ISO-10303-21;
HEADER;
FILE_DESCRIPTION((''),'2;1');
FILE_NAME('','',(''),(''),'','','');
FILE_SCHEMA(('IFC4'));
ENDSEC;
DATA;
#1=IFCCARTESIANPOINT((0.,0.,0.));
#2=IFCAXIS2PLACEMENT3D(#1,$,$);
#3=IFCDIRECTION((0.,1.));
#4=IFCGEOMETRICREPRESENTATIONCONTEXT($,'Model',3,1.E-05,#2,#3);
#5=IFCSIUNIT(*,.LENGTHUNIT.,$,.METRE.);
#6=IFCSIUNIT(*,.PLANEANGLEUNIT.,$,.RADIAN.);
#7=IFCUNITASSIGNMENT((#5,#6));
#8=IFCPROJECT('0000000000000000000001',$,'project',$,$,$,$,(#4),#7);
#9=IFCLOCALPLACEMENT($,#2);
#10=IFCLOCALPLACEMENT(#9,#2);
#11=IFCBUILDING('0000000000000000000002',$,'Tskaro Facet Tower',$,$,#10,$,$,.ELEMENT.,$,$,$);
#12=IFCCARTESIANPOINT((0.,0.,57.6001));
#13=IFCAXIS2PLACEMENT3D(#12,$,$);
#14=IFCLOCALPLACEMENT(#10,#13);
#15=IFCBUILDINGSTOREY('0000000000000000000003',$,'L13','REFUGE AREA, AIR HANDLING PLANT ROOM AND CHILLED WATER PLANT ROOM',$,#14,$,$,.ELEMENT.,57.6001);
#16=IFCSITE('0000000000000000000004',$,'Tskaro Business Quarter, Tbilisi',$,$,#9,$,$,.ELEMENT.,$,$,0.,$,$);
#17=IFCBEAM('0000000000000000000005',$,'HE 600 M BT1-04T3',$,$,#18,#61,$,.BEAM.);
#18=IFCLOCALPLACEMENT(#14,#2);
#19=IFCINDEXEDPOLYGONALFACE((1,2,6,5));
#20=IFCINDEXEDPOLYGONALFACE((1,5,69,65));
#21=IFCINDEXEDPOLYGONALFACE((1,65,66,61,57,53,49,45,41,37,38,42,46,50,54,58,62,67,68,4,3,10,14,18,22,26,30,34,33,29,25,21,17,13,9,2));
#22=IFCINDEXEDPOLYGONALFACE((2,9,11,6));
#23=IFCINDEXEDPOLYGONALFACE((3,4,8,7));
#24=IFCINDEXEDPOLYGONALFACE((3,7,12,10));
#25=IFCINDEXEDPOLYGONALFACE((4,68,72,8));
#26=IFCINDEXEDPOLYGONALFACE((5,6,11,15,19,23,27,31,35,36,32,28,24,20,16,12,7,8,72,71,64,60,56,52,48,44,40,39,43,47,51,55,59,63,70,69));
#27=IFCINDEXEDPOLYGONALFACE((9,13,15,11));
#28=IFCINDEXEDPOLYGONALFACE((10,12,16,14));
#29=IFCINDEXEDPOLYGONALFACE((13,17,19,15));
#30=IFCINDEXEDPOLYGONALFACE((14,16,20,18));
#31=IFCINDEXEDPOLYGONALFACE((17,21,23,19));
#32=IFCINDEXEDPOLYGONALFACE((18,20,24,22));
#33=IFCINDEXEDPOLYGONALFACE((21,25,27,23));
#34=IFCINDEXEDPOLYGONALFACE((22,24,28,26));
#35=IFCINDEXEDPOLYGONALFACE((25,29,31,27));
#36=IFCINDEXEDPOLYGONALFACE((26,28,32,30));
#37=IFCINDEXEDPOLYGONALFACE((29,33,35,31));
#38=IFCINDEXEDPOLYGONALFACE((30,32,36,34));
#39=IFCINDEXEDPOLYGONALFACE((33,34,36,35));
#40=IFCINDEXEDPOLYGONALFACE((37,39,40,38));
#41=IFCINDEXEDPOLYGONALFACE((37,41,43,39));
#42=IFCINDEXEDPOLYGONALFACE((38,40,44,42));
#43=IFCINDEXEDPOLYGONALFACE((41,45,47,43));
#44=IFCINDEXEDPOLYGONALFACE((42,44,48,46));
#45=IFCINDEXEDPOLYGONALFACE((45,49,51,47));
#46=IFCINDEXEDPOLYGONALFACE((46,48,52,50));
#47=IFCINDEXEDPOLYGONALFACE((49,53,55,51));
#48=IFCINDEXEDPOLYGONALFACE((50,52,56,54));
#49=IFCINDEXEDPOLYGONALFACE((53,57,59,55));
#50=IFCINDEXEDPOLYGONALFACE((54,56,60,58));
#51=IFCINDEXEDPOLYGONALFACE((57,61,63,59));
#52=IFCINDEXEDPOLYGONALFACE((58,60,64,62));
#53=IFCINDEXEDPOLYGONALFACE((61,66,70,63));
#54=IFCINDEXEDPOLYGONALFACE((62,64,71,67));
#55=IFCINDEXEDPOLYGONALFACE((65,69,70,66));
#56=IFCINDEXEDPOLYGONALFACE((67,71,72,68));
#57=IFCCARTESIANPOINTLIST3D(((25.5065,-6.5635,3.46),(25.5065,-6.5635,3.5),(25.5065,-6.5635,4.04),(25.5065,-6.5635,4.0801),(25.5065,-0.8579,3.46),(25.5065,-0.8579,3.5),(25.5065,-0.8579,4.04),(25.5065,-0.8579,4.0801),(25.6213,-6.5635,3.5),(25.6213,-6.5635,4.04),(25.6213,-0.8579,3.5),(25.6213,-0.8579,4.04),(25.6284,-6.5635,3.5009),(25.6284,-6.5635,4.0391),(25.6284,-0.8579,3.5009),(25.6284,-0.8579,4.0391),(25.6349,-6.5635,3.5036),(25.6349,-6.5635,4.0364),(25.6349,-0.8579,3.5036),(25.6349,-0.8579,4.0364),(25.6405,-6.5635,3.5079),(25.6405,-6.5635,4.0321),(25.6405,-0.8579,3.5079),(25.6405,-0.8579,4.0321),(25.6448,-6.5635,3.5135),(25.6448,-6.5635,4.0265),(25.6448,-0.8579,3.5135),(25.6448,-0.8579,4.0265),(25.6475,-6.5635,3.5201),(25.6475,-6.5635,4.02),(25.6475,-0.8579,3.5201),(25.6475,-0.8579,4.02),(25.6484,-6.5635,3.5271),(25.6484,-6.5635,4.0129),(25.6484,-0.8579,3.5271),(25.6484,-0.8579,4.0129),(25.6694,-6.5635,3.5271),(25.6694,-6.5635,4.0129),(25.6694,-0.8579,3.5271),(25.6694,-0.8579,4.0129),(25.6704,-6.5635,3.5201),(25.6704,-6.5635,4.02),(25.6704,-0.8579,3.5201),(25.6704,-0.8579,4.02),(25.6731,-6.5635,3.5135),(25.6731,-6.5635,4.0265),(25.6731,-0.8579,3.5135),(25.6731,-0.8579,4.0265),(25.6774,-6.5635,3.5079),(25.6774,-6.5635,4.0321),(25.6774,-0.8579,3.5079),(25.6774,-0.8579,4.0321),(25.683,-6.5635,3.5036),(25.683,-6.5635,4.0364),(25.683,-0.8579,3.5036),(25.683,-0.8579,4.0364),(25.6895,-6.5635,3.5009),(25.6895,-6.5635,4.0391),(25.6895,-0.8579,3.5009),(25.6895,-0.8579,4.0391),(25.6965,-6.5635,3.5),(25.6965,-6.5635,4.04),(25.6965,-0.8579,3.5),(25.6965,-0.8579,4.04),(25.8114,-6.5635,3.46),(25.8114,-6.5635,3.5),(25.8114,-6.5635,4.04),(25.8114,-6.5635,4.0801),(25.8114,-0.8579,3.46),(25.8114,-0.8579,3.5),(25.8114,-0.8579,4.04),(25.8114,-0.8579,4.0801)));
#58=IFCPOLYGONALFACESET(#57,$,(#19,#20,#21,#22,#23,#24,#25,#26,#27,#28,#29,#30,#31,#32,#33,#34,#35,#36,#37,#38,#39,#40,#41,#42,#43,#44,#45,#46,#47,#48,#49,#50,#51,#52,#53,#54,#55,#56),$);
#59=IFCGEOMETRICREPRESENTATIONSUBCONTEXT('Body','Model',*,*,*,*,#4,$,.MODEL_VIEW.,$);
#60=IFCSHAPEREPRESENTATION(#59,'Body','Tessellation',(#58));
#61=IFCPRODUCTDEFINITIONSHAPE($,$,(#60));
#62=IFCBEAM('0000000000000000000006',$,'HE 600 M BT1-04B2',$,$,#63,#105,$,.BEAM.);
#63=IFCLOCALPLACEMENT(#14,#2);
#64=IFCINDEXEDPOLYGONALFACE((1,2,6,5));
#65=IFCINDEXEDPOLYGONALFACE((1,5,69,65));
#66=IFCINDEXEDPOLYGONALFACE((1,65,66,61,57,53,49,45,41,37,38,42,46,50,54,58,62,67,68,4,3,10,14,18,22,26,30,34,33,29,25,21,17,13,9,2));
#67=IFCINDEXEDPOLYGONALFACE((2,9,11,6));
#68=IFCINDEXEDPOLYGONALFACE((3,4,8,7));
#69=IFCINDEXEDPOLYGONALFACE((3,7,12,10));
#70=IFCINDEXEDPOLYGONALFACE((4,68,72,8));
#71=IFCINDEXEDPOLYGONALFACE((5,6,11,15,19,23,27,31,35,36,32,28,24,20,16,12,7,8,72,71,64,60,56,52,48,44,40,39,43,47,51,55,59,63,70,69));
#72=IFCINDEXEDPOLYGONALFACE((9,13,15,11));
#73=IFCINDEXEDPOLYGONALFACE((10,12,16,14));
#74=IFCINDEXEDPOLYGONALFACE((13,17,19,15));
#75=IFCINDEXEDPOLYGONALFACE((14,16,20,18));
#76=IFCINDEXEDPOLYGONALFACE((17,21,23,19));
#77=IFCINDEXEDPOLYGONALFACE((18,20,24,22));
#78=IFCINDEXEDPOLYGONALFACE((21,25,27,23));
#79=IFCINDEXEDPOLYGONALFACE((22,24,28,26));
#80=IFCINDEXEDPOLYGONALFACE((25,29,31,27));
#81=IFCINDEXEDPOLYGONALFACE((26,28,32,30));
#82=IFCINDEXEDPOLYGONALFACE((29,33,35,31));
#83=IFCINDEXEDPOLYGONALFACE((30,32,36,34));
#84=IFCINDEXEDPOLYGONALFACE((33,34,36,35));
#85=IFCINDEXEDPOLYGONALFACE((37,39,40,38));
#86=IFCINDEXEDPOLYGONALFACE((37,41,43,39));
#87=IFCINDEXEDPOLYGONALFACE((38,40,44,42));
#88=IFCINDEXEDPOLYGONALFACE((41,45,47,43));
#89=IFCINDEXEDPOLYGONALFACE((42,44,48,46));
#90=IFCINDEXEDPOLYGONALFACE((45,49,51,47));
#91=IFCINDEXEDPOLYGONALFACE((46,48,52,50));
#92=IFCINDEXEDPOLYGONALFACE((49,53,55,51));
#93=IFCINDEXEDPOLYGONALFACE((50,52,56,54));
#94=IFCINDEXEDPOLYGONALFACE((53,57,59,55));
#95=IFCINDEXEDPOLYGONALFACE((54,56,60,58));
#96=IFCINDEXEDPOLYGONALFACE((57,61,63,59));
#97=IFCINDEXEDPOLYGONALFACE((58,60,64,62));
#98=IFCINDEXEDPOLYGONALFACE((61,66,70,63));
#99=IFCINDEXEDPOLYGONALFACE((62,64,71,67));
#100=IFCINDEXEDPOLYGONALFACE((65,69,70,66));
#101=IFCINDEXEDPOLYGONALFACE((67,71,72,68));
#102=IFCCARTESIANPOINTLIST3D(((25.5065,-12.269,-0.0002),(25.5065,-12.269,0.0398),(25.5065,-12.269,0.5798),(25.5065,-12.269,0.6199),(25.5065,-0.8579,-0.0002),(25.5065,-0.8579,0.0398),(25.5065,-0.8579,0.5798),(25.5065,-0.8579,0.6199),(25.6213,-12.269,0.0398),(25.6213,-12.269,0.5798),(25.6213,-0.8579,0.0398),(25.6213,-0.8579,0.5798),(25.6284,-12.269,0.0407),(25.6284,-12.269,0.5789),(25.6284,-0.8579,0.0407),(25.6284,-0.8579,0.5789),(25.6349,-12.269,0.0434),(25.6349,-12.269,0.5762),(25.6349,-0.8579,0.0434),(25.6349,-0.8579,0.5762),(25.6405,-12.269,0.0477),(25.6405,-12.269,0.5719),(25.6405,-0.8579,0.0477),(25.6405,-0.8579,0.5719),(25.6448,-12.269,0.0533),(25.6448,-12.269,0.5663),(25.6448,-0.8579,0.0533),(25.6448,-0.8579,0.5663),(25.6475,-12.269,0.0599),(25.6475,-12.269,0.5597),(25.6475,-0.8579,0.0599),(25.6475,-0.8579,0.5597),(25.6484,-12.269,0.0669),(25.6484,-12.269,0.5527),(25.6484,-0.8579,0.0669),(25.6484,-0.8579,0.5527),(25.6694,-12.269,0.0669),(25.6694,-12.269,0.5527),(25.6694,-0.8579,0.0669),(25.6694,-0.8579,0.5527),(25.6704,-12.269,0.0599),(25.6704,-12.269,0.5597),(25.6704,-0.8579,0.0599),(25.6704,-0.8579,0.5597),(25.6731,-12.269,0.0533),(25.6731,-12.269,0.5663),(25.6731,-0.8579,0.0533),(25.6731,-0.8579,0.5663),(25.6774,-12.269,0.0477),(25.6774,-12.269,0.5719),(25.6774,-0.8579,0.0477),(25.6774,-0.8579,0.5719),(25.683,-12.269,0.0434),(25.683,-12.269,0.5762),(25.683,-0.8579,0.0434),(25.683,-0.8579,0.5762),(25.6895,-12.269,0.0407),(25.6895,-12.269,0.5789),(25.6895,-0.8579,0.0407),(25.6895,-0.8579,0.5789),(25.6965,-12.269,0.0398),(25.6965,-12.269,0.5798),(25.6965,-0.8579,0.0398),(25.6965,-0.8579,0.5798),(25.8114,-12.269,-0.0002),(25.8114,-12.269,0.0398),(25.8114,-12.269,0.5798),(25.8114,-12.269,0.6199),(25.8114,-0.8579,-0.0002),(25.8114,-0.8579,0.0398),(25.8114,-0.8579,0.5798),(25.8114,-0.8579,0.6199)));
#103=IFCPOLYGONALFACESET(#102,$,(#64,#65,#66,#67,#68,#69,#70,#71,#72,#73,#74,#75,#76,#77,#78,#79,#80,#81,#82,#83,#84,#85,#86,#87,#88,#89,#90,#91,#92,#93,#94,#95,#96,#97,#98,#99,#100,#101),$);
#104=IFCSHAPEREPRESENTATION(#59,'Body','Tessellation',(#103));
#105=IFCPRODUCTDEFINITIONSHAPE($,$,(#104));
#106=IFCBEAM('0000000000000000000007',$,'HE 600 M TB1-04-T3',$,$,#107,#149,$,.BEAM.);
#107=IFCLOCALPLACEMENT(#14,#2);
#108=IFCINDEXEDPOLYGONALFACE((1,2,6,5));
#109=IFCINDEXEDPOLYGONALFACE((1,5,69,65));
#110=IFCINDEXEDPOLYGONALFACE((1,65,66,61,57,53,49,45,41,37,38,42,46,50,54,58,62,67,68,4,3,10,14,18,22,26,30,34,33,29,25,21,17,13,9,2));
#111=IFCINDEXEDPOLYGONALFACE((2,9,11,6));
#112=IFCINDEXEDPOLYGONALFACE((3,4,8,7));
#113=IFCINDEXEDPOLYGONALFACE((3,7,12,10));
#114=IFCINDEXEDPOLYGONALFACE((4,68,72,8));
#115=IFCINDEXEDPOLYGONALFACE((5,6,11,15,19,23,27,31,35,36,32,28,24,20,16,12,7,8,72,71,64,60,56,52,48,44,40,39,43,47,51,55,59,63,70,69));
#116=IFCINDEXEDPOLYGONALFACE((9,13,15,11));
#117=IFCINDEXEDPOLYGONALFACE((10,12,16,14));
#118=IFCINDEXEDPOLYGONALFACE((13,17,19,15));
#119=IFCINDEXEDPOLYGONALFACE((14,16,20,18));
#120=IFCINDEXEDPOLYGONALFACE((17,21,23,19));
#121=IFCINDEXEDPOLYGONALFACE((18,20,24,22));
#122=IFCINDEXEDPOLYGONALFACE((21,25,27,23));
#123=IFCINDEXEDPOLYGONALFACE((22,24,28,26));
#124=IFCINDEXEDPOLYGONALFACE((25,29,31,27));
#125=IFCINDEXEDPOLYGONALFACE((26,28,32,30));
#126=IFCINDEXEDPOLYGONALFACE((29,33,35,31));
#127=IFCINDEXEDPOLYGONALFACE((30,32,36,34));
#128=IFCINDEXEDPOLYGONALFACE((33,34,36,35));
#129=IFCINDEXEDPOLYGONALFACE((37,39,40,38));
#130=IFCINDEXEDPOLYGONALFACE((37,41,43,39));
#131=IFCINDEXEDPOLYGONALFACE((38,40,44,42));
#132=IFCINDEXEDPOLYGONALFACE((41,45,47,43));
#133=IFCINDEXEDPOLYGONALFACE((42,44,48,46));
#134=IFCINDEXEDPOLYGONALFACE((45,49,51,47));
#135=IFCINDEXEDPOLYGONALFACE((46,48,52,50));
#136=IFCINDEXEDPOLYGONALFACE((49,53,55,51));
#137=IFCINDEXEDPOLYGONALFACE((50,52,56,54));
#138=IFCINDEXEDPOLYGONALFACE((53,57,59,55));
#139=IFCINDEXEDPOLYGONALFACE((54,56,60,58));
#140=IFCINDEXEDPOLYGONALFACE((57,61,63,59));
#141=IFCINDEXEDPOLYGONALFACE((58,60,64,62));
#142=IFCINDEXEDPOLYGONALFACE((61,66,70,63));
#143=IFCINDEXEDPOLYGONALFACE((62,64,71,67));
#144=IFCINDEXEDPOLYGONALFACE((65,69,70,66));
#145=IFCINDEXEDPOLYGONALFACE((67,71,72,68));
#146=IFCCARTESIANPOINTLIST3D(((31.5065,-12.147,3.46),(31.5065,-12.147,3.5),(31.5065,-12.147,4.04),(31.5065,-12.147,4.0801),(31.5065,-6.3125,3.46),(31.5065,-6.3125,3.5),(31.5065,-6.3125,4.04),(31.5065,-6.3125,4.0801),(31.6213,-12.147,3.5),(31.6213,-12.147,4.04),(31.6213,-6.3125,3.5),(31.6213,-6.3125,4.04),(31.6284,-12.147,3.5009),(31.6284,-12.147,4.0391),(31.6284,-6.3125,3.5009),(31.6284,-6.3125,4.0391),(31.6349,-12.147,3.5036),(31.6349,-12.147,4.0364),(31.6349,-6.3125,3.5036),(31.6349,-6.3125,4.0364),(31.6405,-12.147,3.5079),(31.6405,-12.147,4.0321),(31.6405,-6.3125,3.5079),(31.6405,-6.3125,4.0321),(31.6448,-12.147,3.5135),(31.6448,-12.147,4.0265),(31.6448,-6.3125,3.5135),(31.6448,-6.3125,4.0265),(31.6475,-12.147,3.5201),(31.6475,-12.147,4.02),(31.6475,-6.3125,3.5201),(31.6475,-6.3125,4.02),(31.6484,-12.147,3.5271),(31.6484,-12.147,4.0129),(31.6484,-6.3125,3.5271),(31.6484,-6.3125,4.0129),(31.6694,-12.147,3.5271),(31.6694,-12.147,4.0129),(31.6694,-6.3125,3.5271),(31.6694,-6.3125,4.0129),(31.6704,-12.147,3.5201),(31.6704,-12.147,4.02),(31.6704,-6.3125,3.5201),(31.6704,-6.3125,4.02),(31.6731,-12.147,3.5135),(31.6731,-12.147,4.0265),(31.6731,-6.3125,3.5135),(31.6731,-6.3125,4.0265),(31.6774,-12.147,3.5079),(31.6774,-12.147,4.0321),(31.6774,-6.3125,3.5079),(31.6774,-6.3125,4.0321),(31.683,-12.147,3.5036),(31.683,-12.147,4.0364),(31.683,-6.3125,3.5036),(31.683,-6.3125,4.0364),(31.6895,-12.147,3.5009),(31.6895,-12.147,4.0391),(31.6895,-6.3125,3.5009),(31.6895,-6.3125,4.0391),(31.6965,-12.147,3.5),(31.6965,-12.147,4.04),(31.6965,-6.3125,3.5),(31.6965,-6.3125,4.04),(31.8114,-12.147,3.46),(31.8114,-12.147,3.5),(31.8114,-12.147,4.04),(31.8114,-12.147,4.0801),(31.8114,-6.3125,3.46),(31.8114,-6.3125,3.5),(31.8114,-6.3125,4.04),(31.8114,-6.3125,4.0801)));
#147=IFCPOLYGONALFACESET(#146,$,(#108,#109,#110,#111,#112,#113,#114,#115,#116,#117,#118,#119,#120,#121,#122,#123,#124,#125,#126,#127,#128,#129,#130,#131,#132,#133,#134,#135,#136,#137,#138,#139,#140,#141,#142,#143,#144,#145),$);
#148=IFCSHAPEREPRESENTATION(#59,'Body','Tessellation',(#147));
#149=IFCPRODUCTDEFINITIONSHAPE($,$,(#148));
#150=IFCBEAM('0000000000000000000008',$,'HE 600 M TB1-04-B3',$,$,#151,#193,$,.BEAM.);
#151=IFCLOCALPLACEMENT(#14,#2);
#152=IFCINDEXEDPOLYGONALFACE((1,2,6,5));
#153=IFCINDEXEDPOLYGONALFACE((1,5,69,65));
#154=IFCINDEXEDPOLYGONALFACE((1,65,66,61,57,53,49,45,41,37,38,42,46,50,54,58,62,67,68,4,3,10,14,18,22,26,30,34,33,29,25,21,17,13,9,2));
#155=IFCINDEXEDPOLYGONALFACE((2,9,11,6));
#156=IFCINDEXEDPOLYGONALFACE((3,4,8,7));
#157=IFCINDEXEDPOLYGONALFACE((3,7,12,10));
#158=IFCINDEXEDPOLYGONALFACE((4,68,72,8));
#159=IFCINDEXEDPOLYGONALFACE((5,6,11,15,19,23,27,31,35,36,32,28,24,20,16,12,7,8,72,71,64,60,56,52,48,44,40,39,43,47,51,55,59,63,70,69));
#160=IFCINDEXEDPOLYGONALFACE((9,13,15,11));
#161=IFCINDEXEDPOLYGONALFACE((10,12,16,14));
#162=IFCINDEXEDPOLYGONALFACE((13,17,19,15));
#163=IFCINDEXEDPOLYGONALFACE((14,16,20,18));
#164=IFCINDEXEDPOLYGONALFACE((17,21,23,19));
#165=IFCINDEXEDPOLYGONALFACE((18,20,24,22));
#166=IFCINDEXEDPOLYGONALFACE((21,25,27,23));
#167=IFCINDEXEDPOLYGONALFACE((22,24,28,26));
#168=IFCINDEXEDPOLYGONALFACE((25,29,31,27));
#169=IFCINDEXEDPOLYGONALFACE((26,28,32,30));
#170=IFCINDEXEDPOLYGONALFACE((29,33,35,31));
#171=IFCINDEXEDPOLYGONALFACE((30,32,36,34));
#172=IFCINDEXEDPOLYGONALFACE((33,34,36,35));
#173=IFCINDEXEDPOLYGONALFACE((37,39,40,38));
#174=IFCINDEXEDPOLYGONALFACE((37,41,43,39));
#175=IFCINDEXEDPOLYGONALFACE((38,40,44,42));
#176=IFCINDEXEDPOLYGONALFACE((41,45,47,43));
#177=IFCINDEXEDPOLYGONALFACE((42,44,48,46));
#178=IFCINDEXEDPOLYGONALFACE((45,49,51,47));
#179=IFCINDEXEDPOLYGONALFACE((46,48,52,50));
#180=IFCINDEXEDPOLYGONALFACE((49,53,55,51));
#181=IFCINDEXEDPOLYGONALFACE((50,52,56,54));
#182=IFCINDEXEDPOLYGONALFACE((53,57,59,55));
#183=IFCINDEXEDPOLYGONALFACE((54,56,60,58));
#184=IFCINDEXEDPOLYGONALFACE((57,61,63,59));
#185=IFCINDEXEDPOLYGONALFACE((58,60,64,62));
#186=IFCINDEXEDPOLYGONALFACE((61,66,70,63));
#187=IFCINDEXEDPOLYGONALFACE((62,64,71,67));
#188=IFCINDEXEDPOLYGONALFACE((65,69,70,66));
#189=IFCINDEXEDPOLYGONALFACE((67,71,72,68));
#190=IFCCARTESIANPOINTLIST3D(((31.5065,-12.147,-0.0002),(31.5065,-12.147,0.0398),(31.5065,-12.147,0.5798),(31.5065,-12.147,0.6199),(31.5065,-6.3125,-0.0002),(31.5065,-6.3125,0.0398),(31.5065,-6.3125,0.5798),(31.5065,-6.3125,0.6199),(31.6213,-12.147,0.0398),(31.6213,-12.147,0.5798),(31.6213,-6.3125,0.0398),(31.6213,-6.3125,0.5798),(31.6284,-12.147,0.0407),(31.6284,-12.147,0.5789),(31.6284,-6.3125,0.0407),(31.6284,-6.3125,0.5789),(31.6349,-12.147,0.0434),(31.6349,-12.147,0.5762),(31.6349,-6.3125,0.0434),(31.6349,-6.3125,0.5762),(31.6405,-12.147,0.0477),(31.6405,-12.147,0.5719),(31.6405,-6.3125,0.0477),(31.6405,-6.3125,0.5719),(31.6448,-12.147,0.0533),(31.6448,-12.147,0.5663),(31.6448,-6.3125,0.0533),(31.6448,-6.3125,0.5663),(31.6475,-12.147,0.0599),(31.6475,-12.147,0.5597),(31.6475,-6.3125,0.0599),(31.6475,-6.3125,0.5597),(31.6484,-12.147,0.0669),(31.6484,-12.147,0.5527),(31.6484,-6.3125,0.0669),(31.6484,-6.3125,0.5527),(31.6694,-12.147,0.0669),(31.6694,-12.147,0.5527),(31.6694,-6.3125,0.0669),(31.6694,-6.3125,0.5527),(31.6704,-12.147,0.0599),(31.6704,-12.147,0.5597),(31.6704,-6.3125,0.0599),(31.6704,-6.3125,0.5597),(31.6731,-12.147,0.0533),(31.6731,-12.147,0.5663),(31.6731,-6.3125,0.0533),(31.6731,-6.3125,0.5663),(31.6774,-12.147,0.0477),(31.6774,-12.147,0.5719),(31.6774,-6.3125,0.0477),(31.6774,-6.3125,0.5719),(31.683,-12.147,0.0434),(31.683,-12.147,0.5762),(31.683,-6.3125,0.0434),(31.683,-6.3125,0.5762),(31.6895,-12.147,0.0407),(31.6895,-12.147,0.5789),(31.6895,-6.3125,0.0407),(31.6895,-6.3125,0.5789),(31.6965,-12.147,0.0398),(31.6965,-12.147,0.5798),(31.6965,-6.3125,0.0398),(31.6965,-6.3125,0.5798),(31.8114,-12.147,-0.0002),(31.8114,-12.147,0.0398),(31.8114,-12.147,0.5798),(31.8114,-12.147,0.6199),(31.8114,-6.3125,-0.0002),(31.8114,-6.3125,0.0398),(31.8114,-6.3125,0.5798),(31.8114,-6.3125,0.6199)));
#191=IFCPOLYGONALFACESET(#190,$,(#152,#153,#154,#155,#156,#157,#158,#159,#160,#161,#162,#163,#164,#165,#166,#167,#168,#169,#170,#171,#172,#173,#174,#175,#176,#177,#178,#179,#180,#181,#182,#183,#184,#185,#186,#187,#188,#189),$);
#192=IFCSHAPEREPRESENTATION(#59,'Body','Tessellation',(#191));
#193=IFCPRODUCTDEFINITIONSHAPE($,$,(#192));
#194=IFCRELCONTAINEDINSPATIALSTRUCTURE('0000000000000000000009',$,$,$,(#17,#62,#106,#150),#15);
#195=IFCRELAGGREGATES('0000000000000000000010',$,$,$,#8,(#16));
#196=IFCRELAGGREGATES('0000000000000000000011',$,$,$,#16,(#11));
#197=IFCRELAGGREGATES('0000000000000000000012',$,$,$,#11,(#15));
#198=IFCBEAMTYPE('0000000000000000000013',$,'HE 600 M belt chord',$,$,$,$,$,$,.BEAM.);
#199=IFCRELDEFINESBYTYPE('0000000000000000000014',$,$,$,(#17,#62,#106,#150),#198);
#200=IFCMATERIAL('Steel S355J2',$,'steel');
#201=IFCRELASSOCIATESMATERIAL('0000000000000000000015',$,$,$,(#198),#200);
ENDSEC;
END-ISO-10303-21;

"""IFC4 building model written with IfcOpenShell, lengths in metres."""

from ifc_helpers import new_model, si_unit, direction, frame, origin, origin_2d, place, context, subcontext, project, spatial, i_section, extrude, material, material_profile, profile_set, type_object, element, save


model = new_model("IFC4")

# Units and contexts
model_context = context("Model", 3, precision=1e-05, world=origin(), true_north=direction((0.0, 1.0)))
body_context = subcontext(model_context, "Body", "Model", "MODEL_VIEW")
ifc_project = project(units=[si_unit("LENGTHUNIT", "METRE"), si_unit("PLANEANGLEUNIT", "RADIAN")], contexts=[model_context])

# Site, building, storey
site_placement = place(None, origin())
site = spatial("IfcSite", under=ifc_project, at=site_placement, Name="Tskaro Business Quarter, Tbilisi", CompositionType="ELEMENT", RefElevation=0.0)
building_placement = place(site_placement, origin())
building = spatial("IfcBuilding", under=site, at=building_placement, Name="Tskaro Facet Tower", CompositionType="ELEMENT")
storey_placement = place(building_placement, frame((0.0, 0.0, 57.6001)))
storey = spatial("IfcBuildingStorey", under=building, at=storey_placement, Name="L13", Description="REFUGE AREA, AIR HANDLING PLANT ROOM AND CHILLED WATER PLANT ROOM", CompositionType="ELEMENT", Elevation=57.6001)

# Shared definitions
ifc_material_1 = material(Name="Steel S355J2", Category="steel")

# Beams
ifc_material_profile_1 = material_profile(ifc_material_1, i_section(OverallWidth=0.3049, OverallDepth=0.6201, WebThickness=0.021, FlangeThickness=0.04, FilletRadius=0.0271, at=origin_2d()), Name="HE 600 M")
ifc_profile_set_1 = profile_set([ifc_material_profile_1], Name="Steel S355J2")
beam_type_1 = type_object("IfcBeamType", Name="HE 600 M belt chord", PredefinedType="BEAM", material=ifc_profile_set_1)
beam_1_placement = place(storey_placement, frame((25.6589, -6.5635, 3.77), z_axis=(0.0, 1.0, 0.0), x_axis=(-1.0, 0.0, 0.0)))
element("IfcBeam", 1, at=beam_1_placement, inside=storey, type_object=beam_type_1, Name="HE 600 M BT1-04T3", PredefinedType="BEAM", context=body_context, shape_type="SweptSolid", body=[
    extrude(i_section(OverallWidth=0.3049, OverallDepth=0.6201, WebThickness=0.021, FlangeThickness=0.04, FilletRadius=0.0271, at=origin_2d()), origin(), (0.0, 0.0, 1.0), 5.7056),
])
beam_2_placement = place(storey_placement, frame((25.6589, -12.269, 0.3098), z_axis=(0.0, 1.0, 0.0), x_axis=(-1.0, 0.0, 0.0)))
element("IfcBeam", 2, at=beam_2_placement, inside=storey, type_object=beam_type_1, Name="HE 600 M BT1-04B2", PredefinedType="BEAM", context=body_context, shape_type="SweptSolid", body=[
    extrude(i_section(OverallWidth=0.3049, OverallDepth=0.6201, WebThickness=0.021, FlangeThickness=0.04, FilletRadius=0.0271, at=origin_2d()), origin(), (0.0, 0.0, 1.0), 11.4111),
])
for number, where, z_axis, x_axis, name in (
    (3, (31.6589, -12.147, 3.77), (0.0, 1.0, 0.0), (-1.0, 0.0, 0.0), "HE 600 M TB1-04-T3"),
    (4, (31.6589, -12.147, 0.3098), (0.0, 1.0, 0.0), (-1.0, 0.0, 0.0), "HE 600 M TB1-04-B3"),
):
    element("IfcBeam", number, at=place(storey_placement, frame(where, z_axis=z_axis, x_axis=x_axis)), inside=storey, type_object=beam_type_1, Name=name, PredefinedType="BEAM", context=body_context, shape_type="SweptSolid", body=[
        extrude(i_section(OverallWidth=0.3049, OverallDepth=0.6201, WebThickness=0.021, FlangeThickness=0.04, FilletRadius=0.0271, at=origin_2d()), origin(), (0.0, 0.0, 1.0), 5.8345),
    ])

save(model, "model.ifc")
